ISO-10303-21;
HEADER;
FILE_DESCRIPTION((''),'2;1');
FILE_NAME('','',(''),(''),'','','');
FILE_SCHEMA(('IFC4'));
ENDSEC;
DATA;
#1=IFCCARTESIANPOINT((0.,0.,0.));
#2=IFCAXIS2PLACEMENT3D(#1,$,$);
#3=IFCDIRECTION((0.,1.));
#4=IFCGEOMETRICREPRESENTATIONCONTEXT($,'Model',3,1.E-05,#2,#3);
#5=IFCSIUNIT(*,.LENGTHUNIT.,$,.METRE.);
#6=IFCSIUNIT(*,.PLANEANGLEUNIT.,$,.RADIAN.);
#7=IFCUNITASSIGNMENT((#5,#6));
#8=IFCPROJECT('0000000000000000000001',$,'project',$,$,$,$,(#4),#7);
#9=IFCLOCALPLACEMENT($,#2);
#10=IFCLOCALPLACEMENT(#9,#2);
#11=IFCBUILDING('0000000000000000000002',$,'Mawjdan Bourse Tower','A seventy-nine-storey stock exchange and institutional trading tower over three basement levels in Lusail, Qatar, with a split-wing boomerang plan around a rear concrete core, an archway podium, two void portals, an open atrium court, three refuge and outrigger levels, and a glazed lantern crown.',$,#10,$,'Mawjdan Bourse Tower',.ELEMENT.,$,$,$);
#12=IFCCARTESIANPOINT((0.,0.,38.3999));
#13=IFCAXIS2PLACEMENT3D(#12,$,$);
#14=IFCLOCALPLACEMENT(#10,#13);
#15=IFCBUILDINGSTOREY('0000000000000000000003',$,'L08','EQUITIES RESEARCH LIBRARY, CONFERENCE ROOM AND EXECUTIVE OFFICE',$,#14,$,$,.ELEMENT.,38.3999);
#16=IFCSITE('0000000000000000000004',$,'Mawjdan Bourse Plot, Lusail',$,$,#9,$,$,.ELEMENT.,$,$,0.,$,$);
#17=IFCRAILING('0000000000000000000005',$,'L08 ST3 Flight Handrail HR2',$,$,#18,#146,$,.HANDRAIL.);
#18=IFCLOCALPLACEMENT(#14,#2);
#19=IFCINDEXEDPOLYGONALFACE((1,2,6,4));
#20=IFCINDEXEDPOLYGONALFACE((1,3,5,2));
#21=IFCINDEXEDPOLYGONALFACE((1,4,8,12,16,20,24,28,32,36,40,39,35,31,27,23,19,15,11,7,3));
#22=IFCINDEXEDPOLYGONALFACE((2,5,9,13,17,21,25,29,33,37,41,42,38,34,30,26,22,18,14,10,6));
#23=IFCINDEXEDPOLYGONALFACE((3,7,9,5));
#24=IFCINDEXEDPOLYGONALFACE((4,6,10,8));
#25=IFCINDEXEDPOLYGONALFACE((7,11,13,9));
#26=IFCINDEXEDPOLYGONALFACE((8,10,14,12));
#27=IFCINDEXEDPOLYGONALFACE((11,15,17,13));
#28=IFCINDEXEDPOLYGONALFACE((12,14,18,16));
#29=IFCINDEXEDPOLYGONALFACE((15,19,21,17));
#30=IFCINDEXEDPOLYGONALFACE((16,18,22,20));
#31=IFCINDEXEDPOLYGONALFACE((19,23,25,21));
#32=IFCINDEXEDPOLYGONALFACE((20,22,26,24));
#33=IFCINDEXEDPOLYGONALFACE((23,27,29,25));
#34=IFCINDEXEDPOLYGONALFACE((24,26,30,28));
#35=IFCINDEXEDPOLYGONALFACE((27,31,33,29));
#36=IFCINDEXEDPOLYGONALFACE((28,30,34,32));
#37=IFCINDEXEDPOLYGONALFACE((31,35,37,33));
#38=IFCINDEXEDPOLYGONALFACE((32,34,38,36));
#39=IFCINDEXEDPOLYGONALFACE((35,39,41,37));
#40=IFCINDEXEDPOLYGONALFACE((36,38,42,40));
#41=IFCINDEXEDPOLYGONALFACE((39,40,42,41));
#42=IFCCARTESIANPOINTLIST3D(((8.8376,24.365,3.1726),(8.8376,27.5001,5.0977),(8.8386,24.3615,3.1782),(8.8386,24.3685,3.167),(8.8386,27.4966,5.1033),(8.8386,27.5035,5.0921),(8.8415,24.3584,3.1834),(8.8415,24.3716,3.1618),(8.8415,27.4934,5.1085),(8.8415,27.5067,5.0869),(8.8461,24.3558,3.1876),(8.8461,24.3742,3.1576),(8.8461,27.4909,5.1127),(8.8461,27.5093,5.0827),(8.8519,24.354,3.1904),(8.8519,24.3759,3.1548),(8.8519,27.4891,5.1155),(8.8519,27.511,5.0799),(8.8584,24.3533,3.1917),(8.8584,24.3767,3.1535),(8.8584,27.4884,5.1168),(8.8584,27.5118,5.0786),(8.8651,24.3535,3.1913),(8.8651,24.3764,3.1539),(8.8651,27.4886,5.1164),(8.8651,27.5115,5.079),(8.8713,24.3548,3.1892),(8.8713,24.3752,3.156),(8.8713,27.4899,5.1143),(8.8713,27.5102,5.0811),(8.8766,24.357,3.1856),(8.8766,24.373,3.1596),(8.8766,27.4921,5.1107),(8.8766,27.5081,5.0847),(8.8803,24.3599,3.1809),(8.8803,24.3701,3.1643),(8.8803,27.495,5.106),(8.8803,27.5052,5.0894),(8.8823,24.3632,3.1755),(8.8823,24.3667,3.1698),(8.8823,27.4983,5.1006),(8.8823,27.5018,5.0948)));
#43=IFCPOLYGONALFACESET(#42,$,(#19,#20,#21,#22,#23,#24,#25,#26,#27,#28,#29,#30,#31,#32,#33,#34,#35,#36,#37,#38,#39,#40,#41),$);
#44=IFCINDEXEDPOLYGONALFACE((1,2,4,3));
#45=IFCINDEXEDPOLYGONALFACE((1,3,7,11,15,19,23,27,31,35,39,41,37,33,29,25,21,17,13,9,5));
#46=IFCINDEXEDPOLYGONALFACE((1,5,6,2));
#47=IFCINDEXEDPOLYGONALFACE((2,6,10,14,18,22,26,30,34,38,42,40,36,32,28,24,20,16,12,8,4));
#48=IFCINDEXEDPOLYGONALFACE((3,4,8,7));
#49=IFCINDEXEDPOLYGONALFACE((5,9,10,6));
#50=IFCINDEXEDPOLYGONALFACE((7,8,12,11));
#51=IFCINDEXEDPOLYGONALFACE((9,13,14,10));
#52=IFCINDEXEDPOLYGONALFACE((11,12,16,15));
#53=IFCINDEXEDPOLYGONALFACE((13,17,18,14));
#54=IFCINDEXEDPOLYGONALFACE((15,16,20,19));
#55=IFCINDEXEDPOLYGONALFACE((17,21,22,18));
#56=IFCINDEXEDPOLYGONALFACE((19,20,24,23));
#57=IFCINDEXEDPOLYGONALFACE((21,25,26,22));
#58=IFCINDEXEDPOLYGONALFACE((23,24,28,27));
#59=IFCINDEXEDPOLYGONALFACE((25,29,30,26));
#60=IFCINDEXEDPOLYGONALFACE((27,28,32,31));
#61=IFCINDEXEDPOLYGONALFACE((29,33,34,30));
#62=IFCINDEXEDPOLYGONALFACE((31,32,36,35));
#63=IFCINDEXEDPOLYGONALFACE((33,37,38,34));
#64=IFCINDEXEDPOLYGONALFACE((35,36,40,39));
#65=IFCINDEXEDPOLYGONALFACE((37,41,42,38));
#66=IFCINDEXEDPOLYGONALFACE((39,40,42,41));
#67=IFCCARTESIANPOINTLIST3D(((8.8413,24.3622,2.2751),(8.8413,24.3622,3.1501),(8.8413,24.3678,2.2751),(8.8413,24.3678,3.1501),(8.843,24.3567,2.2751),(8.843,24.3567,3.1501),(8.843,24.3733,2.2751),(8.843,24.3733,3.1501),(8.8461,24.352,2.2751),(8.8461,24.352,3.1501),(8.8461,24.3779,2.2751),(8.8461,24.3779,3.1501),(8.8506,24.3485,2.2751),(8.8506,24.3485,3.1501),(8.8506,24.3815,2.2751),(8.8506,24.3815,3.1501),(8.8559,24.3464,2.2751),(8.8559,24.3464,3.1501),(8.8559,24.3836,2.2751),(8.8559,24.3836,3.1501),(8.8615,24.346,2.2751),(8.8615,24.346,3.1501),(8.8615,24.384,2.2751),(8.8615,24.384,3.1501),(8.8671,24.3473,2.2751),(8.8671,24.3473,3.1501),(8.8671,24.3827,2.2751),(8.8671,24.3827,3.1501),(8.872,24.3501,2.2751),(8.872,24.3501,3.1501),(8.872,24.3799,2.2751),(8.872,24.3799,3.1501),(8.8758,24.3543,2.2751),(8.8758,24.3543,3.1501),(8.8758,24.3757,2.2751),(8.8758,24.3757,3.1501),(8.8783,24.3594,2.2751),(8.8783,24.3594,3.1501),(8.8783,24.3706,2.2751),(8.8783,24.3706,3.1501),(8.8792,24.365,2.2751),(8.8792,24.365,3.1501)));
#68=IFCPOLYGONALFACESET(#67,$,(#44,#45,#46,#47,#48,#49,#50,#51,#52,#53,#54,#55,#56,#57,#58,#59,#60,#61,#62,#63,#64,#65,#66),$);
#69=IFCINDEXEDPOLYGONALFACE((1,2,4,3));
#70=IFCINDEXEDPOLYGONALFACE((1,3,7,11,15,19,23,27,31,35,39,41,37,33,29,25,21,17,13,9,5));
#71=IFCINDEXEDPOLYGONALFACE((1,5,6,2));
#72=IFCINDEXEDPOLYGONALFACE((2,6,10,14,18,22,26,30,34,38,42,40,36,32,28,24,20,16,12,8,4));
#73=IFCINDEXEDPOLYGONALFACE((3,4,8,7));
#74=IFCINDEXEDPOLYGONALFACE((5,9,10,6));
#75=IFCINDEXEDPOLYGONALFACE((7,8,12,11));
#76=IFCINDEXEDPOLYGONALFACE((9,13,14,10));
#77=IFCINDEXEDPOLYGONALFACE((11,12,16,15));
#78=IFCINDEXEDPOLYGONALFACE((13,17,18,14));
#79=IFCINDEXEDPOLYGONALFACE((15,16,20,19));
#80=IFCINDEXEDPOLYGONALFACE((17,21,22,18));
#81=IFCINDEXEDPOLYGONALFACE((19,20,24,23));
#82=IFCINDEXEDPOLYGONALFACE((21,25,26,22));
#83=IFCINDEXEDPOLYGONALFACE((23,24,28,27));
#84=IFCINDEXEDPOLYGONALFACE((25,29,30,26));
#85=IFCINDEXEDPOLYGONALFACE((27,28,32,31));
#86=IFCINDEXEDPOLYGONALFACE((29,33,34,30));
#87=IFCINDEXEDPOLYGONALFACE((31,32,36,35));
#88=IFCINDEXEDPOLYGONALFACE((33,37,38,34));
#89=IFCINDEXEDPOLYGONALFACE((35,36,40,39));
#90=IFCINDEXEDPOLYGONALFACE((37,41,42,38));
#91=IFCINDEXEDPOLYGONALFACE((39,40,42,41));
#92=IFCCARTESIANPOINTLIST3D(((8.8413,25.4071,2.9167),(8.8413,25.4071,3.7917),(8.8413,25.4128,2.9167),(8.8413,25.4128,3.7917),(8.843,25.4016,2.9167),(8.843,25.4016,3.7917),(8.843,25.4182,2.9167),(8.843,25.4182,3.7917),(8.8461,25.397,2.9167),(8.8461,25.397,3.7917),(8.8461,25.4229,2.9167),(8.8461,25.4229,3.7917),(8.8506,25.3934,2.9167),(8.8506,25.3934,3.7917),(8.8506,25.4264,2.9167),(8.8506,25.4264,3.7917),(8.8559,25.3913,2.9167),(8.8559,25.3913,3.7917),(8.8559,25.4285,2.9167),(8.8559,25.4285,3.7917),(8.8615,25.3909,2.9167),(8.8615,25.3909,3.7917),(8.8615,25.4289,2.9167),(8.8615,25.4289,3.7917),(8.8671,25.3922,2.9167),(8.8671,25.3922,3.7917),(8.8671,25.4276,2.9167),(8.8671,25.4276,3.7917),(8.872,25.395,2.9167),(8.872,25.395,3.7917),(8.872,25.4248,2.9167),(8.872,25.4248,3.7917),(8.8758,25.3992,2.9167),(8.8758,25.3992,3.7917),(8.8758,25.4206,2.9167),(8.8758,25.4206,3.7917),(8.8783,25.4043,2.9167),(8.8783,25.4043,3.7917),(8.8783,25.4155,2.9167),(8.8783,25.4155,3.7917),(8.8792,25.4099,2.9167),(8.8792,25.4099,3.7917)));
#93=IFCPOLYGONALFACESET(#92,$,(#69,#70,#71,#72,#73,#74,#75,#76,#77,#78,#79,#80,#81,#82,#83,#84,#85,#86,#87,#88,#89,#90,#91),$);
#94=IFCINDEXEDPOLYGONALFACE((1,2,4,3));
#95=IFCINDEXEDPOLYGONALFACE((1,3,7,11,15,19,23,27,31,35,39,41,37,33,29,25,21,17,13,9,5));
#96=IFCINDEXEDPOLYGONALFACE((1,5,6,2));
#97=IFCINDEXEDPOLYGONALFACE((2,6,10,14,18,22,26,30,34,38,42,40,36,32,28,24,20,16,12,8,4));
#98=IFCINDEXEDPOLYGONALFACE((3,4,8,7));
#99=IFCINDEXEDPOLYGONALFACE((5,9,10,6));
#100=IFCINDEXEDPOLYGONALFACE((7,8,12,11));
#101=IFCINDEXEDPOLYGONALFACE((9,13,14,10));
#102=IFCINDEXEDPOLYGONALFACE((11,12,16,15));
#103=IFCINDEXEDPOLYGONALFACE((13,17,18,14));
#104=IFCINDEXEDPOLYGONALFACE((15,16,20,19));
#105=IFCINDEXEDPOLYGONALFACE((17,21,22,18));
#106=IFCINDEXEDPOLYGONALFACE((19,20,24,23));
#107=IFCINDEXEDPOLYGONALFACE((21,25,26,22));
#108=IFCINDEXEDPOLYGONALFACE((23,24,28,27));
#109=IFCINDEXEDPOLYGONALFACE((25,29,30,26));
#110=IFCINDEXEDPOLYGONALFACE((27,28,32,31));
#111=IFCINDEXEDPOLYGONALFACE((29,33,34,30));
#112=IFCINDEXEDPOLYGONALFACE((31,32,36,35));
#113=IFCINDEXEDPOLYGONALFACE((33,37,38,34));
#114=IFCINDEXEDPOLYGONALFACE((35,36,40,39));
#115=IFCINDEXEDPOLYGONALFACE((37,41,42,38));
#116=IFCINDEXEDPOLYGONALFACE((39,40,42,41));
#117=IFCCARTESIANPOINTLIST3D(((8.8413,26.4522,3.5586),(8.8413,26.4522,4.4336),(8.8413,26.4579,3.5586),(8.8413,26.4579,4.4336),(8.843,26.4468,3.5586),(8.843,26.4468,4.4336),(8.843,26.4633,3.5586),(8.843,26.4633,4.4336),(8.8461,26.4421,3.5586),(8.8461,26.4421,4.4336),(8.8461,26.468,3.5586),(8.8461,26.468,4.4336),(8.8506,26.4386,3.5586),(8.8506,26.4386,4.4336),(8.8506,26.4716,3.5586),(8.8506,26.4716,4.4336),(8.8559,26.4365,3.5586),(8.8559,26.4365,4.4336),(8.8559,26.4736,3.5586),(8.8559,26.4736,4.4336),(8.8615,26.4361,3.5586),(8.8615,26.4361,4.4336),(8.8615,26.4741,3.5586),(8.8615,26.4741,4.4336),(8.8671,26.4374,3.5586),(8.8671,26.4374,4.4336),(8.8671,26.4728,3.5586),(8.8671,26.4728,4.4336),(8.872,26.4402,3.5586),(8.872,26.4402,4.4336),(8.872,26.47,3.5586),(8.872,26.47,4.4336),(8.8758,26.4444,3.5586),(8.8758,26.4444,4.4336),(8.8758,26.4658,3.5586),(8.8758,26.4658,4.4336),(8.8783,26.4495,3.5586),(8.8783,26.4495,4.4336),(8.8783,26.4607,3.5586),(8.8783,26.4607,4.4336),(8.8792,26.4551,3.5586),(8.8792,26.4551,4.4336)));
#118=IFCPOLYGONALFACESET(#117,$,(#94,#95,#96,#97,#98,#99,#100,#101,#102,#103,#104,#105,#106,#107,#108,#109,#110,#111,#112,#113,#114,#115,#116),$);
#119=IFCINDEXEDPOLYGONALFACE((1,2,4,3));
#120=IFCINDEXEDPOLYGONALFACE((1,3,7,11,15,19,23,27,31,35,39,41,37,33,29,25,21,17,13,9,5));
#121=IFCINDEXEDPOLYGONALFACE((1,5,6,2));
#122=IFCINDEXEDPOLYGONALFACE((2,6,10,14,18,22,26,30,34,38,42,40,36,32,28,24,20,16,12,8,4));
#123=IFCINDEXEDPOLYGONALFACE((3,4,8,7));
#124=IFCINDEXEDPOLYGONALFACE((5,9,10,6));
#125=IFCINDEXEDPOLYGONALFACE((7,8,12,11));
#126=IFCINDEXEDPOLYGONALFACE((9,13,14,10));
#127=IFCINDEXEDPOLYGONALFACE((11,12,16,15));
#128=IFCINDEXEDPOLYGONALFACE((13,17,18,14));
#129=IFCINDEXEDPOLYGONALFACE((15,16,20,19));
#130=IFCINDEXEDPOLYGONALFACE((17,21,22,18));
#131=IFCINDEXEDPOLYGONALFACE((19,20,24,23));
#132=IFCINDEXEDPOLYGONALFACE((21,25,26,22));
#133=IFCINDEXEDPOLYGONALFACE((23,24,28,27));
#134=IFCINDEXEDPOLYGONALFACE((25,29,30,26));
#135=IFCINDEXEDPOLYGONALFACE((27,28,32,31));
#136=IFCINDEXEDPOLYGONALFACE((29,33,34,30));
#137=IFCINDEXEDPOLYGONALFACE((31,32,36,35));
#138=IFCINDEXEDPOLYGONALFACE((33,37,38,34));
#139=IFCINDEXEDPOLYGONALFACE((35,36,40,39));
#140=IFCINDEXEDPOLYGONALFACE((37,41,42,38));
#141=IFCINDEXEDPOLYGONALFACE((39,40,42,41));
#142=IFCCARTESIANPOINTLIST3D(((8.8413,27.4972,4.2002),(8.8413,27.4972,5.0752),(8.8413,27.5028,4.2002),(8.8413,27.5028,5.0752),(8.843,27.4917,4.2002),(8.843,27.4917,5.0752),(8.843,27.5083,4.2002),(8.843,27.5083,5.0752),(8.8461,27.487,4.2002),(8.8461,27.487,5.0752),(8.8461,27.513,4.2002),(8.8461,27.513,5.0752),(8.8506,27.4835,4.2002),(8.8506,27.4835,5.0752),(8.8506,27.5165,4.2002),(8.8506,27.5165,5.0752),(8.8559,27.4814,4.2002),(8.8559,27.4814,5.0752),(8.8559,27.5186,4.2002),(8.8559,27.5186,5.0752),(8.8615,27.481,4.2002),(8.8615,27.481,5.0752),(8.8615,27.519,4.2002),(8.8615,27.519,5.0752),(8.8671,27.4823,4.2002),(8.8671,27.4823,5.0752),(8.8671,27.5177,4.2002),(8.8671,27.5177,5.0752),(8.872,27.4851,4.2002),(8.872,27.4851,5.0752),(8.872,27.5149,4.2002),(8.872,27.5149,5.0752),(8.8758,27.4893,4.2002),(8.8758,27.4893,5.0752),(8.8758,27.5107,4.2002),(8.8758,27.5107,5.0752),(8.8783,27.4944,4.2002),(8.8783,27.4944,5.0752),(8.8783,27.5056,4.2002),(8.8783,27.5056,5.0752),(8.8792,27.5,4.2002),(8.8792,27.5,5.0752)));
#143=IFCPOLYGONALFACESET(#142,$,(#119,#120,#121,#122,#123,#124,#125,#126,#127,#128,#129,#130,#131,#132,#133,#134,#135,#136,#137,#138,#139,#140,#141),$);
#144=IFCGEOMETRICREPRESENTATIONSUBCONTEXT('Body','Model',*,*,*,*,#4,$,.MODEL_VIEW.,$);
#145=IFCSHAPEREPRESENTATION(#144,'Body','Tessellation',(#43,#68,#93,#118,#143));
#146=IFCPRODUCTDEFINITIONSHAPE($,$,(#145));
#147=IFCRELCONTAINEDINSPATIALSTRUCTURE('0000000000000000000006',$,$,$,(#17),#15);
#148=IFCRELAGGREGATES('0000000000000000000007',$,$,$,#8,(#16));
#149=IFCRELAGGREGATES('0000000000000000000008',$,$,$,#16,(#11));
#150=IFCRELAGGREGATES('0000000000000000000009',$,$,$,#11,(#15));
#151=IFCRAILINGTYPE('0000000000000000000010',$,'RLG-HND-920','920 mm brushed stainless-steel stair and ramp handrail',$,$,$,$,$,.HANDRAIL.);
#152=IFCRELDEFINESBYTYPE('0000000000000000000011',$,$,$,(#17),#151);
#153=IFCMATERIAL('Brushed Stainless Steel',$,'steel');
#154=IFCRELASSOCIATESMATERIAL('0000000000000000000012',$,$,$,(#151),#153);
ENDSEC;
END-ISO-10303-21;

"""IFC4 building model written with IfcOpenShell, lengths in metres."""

from ifc_helpers import new_model, si_unit, direction, frame, origin, origin_2d, place, context, subcontext, project, spatial, circle, extrude, material, type_object, element, save


model = new_model("IFC4")

# Units and contexts
model_context = context("Model", 3, precision=1e-05, world=origin(), true_north=direction((0.0, 1.0)))
body_context = subcontext(model_context, "Body", "Model", "MODEL_VIEW")
ifc_project = project(units=[si_unit("LENGTHUNIT", "METRE"), si_unit("PLANEANGLEUNIT", "RADIAN")], contexts=[model_context])

# Site, building, storey
site_placement = place(None, origin())
site = spatial("IfcSite", under=ifc_project, at=site_placement, Name="Mawjdan Bourse Plot, Lusail", CompositionType="ELEMENT", RefElevation=0.0)
building_placement = place(site_placement, origin())
building = spatial("IfcBuilding", under=site, at=building_placement, Name="Mawjdan Bourse Tower", Description="A seventy-nine-storey stock exchange and institutional trading tower over three basement levels in Lusail, Qatar, with a split-wing boomerang plan around a rear concrete core, an archway podium, two void portals, an open atrium court, three refuge and outrigger levels, and a glazed lantern crown.", LongName="Mawjdan Bourse Tower", CompositionType="ELEMENT")
storey_placement = place(building_placement, frame((0.0, 0.0, 38.3999)))
storey = spatial("IfcBuildingStorey", under=building, at=storey_placement, Name="L08", Description="EQUITIES RESEARCH LIBRARY, CONFERENCE ROOM AND EXECUTIVE OFFICE", CompositionType="ELEMENT", Elevation=38.3999)

# Railing
ifc_material_1 = material(Name="Brushed Stainless Steel", Category="steel")
railing_type_1 = type_object("IfcRailingType", Name="RLG-HND-920", Description="920 mm brushed stainless-steel stair and ramp handrail", PredefinedType="HANDRAIL", material=ifc_material_1)
railing_1_placement = place(storey_placement, frame((8.8601, 24.365, 2.2751)))
element("IfcRailing", 1, at=railing_1_placement, inside=storey, type_object=railing_type_1, Name="L08 ST3 Flight Handrail HR2", PredefinedType="HANDRAIL", context=body_context, shape_type="SweptSolid", body=[
    extrude(circle(Radius=0.0225, at=origin_2d()), frame((0.0, 0.0, 0.8975), z_axis=(0.0, 0.852166, 0.523271), x_axis=(-1.0, 0.0, 0.0)), (0.0, 0.0, 1.0), 3.679),
    extrude(circle(Radius=0.019, at=origin_2d()), origin(), (0.0, 0.0, 1.0), 0.875),
    extrude(circle(Radius=0.019, at=origin_2d()), frame((0.0, 1.0449, 0.6416)), (0.0, 0.0, 1.0), 0.875),
    extrude(circle(Radius=0.019, at=origin_2d()), frame((0.0, 2.0901, 1.2834)), (0.0, 0.0, 1.0), 0.875),
    extrude(circle(Radius=0.019, at=origin_2d()), frame((0.0, 3.135, 1.925)), (0.0, 0.0, 1.0), 0.875),
])

save(model, "model.ifc")
